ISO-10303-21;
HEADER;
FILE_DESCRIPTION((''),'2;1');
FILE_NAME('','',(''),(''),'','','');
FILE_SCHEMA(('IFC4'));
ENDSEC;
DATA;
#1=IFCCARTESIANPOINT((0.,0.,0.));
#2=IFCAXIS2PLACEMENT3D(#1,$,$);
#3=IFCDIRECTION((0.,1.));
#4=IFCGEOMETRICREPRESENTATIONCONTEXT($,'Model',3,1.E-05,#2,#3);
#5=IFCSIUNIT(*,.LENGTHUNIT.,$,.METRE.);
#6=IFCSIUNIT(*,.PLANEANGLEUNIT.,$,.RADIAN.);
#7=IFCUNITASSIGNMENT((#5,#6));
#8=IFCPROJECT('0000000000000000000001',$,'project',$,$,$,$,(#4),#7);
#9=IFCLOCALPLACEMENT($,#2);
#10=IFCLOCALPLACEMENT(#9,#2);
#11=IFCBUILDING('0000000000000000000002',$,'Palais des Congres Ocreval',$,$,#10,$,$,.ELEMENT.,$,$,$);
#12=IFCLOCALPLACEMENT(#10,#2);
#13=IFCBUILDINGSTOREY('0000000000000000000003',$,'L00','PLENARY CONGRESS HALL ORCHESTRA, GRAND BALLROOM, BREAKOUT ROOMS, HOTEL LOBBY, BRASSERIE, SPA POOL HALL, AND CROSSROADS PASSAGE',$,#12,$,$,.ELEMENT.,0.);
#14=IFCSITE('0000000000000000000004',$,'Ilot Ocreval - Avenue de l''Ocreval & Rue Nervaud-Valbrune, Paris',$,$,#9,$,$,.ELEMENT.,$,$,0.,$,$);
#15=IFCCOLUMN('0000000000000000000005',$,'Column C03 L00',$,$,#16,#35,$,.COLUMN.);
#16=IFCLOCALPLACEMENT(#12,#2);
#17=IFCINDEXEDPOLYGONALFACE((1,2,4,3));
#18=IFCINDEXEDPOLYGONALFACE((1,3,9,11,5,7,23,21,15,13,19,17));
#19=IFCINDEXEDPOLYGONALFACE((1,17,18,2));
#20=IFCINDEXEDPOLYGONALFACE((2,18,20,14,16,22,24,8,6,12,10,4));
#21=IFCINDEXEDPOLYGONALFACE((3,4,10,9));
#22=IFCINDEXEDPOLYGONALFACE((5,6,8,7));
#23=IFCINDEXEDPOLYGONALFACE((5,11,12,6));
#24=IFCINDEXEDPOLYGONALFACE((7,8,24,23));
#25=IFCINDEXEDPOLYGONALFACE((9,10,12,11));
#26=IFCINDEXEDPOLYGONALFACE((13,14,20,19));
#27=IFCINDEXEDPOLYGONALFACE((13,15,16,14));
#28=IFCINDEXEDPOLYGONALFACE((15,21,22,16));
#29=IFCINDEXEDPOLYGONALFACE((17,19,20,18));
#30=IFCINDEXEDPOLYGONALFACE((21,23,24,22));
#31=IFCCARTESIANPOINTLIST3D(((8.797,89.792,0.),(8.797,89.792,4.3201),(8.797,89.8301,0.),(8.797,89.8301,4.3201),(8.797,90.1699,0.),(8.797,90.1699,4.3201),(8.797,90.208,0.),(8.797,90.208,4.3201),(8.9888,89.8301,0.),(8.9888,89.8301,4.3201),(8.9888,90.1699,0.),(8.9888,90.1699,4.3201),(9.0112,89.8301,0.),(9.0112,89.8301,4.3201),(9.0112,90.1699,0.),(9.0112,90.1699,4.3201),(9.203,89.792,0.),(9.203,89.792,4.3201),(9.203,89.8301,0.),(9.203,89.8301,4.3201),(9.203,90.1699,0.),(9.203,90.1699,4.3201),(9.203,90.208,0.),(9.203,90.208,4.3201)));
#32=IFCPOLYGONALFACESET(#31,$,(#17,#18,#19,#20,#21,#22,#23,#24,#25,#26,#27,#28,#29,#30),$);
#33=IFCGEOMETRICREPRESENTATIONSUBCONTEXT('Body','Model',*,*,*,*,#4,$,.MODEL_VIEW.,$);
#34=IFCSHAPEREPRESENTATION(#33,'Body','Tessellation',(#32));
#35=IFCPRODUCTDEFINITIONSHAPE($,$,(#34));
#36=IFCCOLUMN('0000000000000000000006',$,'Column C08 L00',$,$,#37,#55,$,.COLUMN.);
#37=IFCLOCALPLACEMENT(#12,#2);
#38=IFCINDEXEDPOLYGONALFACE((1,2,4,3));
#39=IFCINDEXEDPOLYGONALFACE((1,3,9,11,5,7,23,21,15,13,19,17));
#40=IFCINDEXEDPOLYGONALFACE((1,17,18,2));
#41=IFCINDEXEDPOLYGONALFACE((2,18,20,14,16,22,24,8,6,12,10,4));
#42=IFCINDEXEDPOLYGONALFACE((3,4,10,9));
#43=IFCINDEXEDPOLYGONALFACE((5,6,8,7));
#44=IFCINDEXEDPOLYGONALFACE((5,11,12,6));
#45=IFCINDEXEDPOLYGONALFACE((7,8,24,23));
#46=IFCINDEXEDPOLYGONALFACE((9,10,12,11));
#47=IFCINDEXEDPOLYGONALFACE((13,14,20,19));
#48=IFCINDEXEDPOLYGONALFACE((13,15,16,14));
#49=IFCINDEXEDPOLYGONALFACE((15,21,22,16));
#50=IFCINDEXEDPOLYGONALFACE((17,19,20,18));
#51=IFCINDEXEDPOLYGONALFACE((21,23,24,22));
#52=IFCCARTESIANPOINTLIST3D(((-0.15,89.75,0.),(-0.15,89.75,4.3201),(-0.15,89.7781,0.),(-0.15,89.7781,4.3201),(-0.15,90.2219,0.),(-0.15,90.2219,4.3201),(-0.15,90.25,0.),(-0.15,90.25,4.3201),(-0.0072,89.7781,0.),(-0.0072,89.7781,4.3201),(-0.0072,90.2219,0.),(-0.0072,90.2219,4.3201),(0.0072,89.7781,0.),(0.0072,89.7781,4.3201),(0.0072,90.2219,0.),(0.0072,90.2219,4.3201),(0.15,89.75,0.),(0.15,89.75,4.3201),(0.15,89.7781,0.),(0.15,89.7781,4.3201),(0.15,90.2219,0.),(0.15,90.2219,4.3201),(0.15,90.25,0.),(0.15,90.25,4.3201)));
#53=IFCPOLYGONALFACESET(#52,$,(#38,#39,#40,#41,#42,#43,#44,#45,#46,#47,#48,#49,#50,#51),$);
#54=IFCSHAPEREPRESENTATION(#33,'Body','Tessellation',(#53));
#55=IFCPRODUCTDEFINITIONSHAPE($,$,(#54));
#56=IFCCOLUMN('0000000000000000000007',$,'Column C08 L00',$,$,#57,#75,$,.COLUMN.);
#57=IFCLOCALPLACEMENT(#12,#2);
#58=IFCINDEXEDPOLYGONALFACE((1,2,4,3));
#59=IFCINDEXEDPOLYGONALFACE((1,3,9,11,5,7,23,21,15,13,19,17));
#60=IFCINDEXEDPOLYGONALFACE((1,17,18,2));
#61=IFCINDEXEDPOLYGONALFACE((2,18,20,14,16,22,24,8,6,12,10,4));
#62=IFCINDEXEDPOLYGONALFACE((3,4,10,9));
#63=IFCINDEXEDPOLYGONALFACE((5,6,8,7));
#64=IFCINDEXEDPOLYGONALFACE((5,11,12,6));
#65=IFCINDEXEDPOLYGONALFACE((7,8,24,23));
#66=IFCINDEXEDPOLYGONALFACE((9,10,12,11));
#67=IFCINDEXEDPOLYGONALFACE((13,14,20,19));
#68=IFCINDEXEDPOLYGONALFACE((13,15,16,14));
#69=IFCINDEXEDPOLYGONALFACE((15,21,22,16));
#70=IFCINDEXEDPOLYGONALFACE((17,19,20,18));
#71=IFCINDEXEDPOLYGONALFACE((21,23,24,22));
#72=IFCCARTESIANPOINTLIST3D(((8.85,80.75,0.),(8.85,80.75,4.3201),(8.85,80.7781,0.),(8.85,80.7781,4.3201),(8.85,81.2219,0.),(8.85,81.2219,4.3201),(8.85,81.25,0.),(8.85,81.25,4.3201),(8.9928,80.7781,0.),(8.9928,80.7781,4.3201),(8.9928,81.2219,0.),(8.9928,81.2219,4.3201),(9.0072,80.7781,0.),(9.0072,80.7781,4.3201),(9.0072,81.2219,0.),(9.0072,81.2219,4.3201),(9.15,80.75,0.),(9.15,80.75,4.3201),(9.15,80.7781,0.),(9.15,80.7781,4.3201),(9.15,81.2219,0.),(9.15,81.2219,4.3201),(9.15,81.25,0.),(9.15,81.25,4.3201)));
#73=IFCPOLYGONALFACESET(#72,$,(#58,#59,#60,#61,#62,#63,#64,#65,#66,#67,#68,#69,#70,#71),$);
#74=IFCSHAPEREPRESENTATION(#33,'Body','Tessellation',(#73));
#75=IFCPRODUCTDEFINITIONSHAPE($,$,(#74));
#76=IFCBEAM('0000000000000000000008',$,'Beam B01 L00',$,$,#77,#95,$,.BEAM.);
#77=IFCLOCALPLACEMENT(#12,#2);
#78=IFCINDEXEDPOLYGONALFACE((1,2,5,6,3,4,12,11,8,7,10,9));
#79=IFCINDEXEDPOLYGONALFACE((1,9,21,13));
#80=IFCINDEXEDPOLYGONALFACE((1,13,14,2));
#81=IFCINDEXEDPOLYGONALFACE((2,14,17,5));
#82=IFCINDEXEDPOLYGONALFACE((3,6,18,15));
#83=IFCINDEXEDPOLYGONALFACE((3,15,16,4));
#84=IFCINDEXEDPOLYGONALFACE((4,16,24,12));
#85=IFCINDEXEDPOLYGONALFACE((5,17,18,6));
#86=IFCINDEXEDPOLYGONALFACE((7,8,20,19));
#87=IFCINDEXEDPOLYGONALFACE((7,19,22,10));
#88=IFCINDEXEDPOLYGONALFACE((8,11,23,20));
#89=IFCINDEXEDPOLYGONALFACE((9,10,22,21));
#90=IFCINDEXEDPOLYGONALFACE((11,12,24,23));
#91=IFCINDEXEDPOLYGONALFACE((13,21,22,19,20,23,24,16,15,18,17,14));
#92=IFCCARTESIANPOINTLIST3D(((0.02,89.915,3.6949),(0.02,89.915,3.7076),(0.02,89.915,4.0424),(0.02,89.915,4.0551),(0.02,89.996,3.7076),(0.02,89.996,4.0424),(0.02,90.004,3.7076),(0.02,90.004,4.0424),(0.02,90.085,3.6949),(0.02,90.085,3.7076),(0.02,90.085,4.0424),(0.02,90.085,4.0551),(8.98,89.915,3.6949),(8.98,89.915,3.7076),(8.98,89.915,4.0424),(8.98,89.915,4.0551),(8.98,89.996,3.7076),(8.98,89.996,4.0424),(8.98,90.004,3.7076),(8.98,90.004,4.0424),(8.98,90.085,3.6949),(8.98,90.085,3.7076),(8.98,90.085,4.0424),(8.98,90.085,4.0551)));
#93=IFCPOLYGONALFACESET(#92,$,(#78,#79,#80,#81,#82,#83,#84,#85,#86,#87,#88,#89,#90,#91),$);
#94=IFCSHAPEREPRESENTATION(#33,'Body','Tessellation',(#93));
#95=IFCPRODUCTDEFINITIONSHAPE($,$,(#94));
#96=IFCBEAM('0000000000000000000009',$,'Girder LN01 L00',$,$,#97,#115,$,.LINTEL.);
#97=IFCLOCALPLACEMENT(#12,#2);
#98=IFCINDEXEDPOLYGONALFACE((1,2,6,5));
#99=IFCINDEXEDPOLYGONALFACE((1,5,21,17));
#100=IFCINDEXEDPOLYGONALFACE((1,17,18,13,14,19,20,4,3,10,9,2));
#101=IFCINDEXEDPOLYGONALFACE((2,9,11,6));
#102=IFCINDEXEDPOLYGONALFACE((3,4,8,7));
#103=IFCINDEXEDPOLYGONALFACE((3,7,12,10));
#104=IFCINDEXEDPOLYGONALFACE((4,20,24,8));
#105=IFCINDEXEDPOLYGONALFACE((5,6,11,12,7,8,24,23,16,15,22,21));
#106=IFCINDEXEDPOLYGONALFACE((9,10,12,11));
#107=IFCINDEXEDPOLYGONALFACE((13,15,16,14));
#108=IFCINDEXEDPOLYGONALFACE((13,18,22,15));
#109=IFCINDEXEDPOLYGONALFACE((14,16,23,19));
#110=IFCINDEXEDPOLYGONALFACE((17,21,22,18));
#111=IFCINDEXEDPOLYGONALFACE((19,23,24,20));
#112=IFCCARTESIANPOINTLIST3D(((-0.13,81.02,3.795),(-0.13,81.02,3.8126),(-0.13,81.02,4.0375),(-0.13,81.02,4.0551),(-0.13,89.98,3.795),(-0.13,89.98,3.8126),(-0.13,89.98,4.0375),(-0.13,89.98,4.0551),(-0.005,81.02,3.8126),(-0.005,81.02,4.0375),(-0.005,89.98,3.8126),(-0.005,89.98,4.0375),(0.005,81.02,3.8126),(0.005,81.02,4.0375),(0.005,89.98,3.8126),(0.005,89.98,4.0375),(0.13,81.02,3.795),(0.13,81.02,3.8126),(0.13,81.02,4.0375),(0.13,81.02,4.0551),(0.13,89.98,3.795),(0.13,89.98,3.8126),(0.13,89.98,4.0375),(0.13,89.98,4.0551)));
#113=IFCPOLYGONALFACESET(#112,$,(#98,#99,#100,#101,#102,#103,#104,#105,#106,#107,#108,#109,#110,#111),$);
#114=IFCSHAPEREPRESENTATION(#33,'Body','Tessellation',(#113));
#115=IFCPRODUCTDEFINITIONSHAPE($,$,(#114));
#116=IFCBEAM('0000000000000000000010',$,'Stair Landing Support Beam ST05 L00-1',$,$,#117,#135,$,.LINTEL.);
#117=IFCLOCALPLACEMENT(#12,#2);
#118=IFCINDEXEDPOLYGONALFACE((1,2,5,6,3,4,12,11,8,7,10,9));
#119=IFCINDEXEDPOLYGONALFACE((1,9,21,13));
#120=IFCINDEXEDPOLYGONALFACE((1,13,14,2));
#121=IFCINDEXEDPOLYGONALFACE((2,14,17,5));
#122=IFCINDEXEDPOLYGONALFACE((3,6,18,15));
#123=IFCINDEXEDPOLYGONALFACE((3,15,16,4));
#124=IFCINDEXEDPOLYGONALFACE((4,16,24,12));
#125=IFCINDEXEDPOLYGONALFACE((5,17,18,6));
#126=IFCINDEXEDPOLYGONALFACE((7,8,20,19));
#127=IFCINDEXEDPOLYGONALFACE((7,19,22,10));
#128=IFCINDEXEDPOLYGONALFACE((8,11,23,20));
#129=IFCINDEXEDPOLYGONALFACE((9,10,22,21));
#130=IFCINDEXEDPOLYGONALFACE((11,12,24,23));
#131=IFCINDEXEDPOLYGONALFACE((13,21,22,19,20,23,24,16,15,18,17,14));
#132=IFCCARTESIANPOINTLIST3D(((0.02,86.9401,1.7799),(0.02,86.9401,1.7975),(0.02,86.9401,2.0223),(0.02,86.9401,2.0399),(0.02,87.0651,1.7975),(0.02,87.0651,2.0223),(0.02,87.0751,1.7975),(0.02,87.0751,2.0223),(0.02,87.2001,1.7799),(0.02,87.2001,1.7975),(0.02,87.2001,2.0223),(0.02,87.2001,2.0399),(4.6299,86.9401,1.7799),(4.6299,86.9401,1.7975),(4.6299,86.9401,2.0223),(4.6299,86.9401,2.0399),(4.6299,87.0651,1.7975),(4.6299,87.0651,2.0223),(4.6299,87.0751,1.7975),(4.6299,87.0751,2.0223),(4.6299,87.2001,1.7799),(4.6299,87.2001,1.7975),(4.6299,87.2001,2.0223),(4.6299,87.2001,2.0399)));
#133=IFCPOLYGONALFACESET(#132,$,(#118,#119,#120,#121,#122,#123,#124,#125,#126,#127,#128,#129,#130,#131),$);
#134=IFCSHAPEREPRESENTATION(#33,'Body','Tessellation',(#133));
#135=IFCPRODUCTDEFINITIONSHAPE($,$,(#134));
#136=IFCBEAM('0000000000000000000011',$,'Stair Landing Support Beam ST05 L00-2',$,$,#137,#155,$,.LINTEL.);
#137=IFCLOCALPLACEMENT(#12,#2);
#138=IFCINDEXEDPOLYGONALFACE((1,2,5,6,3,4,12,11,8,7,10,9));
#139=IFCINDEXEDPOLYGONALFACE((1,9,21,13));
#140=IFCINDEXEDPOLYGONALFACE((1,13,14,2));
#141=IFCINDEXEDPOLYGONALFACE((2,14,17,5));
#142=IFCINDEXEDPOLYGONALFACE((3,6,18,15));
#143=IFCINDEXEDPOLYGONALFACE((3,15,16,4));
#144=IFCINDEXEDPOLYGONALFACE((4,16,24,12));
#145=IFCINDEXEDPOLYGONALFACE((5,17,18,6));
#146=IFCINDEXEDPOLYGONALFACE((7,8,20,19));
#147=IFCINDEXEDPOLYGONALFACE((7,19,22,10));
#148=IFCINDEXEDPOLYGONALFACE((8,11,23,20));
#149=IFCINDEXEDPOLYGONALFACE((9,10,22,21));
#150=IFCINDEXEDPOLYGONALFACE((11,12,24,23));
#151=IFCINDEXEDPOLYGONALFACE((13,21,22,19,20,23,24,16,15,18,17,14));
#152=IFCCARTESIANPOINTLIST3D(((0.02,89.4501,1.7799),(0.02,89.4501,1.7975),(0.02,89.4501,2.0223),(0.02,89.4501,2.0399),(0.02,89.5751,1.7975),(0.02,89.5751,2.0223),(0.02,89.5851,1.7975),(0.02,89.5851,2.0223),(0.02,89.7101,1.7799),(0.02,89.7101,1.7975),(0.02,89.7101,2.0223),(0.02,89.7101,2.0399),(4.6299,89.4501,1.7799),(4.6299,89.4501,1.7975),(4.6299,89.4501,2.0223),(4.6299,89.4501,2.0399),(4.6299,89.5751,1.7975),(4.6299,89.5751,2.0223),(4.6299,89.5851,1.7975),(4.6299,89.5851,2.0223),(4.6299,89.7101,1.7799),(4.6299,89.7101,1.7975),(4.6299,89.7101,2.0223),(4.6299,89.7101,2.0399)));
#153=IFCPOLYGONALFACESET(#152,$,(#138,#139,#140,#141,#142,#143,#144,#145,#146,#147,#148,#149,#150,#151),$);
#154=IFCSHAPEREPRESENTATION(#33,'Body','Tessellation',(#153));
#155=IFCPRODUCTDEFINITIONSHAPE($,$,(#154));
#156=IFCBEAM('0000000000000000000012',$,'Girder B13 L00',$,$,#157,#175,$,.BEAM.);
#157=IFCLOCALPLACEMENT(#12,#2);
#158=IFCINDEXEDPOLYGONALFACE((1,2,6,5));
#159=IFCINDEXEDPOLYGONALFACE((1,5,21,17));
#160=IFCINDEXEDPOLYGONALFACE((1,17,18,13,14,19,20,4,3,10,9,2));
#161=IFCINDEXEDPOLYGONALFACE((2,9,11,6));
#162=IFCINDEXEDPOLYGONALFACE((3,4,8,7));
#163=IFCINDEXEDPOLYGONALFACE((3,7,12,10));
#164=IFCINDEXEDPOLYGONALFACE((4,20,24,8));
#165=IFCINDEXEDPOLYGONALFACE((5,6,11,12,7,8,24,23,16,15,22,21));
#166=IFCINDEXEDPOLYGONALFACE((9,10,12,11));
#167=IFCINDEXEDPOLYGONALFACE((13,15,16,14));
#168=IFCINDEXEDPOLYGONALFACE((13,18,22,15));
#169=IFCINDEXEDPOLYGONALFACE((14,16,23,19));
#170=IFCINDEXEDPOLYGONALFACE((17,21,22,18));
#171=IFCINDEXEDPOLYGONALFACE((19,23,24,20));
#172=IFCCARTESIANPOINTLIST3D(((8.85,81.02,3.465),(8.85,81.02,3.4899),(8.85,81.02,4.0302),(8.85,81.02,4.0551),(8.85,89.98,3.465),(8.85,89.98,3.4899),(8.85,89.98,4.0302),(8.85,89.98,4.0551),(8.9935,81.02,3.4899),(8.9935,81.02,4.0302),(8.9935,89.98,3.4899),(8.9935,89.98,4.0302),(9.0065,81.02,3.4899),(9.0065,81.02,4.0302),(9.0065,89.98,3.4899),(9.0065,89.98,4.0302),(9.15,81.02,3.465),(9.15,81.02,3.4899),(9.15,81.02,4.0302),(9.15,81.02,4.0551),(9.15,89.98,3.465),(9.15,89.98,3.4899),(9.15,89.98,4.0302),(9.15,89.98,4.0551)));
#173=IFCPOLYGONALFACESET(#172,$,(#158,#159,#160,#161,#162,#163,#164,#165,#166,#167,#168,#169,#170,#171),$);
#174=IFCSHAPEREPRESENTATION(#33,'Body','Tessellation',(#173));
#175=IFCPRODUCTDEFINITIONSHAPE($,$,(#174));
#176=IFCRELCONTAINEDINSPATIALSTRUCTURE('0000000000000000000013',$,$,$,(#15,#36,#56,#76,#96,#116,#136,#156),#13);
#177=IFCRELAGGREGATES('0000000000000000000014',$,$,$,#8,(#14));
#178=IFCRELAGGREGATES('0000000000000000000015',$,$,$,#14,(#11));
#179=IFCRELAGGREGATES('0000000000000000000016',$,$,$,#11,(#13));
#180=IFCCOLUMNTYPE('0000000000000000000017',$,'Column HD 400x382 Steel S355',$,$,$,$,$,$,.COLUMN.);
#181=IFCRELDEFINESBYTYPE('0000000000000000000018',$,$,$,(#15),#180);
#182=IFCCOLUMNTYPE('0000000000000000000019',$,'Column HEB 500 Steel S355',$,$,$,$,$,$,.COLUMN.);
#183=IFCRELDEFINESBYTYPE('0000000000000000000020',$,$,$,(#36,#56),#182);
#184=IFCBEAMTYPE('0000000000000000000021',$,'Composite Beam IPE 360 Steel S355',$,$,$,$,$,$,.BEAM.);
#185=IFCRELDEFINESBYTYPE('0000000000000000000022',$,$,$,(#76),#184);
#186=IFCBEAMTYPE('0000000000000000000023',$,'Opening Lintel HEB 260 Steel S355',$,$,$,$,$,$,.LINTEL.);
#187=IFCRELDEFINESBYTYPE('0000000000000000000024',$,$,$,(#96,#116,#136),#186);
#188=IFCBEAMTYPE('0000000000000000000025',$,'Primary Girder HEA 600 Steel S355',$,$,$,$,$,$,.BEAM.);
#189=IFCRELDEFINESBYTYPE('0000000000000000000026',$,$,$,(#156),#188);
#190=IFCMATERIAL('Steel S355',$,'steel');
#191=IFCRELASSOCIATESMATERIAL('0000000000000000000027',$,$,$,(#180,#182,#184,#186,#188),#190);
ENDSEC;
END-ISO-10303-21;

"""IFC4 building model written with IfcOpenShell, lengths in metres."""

from ifc_helpers import new_model, si_unit, direction, frame, origin, origin_2d, place, context, subcontext, project, spatial, i_section, extrude, material, material_profile, profile_set, type_object, element, save


model = new_model("IFC4")

# Units and contexts
model_context = context("Model", 3, precision=1e-05, world=origin(), true_north=direction((0.0, 1.0)))
body_context = subcontext(model_context, "Body", "Model", "MODEL_VIEW")
ifc_project = project(units=[si_unit("LENGTHUNIT", "METRE"), si_unit("PLANEANGLEUNIT", "RADIAN")], contexts=[model_context])

# Site, building, storey
site_placement = place(None, origin())
site = spatial("IfcSite", under=ifc_project, at=site_placement, Name="Ilot Ocreval - Avenue de l'Ocreval & Rue Nervaud-Valbrune, Paris", CompositionType="ELEMENT", RefElevation=0.0)
building_placement = place(site_placement, origin())
building = spatial("IfcBuilding", under=site, at=building_placement, Name="Palais des Congres Ocreval", CompositionType="ELEMENT")
storey_placement = place(building_placement, origin())
storey = spatial("IfcBuildingStorey", under=building, at=storey_placement, Name="L00", Description="PLENARY CONGRESS HALL ORCHESTRA, GRAND BALLROOM, BREAKOUT ROOMS, HOTEL LOBBY, BRASSERIE, SPA POOL HALL, AND CROSSROADS PASSAGE", CompositionType="ELEMENT", Elevation=0.0)

# Columns
ifc_material_1 = material(Name="Steel S355", Category="steel")
ifc_material_profile_1 = material_profile(ifc_material_1, i_section(OverallWidth=0.406, OverallDepth=0.416, WebThickness=0.0225, FlangeThickness=0.0381, at=origin_2d()), Name="HD 400x382")
ifc_profile_set_1 = profile_set([ifc_material_profile_1], Name="Steel S355")
column_type_1 = type_object("IfcColumnType", Name="Column HD 400x382 Steel S355", PredefinedType="COLUMN", material=ifc_profile_set_1)
column_placement = place(storey_placement, frame((9.0, 90.0, 0.0), z_axis=(0.0, 0.0, 1.0), x_axis=(1.0, 0.0, 0.0)))
element("IfcColumn", 1, at=column_placement, inside=storey, type_object=column_type_1, Name="Column C03 L00", PredefinedType="COLUMN", context=body_context, shape_type="SweptSolid", body=[
    extrude(i_section(OverallWidth=0.406, OverallDepth=0.416, WebThickness=0.0225, FlangeThickness=0.0381, at=origin_2d()), origin(), (0.0, 0.0, 1.0), 4.3201),
])
ifc_material_profile_2 = material_profile(ifc_material_1, i_section(OverallWidth=0.3, OverallDepth=0.5, WebThickness=0.0144, FlangeThickness=0.0281, at=origin_2d()), Name="HEB 500")
ifc_profile_set_2 = profile_set([ifc_material_profile_2], Name="Steel S355")
column_type_2 = type_object("IfcColumnType", Name="Column HEB 500 Steel S355", PredefinedType="COLUMN", material=ifc_profile_set_2)
for number, where, z_axis, x_axis, name in (
    (2, (0.0, 90.0, 0.0), (0.0, 0.0, 1.0), (1.0, 0.0, 0.0), "Column C08 L00"),
    (3, (9.0, 81.0, 0.0), (0.0, 0.0, 1.0), (1.0, 0.0, 0.0), "Column C08 L00"),
):
    element("IfcColumn", number, at=place(storey_placement, frame(where, z_axis=z_axis, x_axis=x_axis)), inside=storey, type_object=column_type_2, Name=name, PredefinedType="COLUMN", context=body_context, shape_type="SweptSolid", body=[
        extrude(i_section(OverallWidth=0.3, OverallDepth=0.5, WebThickness=0.0144, FlangeThickness=0.0281, at=origin_2d()), origin(), (0.0, 0.0, 1.0), 4.3201),
    ])

# Beams
ifc_material_profile_3 = material_profile(ifc_material_1, i_section(OverallWidth=0.1699, OverallDepth=0.3601, WebThickness=0.0081, FlangeThickness=0.0127, at=origin_2d()), Name="IPE 360")
ifc_profile_set_3 = profile_set([ifc_material_profile_3], Name="Steel S355")
beam_type_1 = type_object("IfcBeamType", Name="Composite Beam IPE 360 Steel S355", PredefinedType="BEAM", material=ifc_profile_set_3)
beam_1_placement = place(storey_placement, frame((0.02, 90.0, 3.875), z_axis=(1.0, 0.0, 0.0), x_axis=(0.0, 1.0, 0.0)))
element("IfcBeam", 4, at=beam_1_placement, inside=storey, type_object=beam_type_1, Name="Beam B01 L00", PredefinedType="BEAM", context=body_context, shape_type="SweptSolid", body=[
    extrude(i_section(OverallWidth=0.1699, OverallDepth=0.3601, WebThickness=0.0081, FlangeThickness=0.0127, at=origin_2d()), origin(), (0.0, 0.0, 1.0), 8.96),
])
ifc_material_profile_4 = material_profile(ifc_material_1, i_section(OverallWidth=0.26, OverallDepth=0.26, WebThickness=0.01, FlangeThickness=0.0176, at=origin_2d()), Name="HEB 260")
ifc_profile_set_4 = profile_set([ifc_material_profile_4], Name="Steel S355")
beam_type_2 = type_object("IfcBeamType", Name="Opening Lintel HEB 260 Steel S355", PredefinedType="LINTEL", material=ifc_profile_set_4)
beam_2_placement = place(storey_placement, frame((0.0, 81.02, 3.925), z_axis=(0.0, 1.0, 0.0), x_axis=(-1.0, 0.0, 0.0)))
element("IfcBeam", 5, at=beam_2_placement, inside=storey, type_object=beam_type_2, Name="Girder LN01 L00", PredefinedType="LINTEL", context=body_context, shape_type="SweptSolid", body=[
    extrude(i_section(OverallWidth=0.26, OverallDepth=0.26, WebThickness=0.01, FlangeThickness=0.0176, at=origin_2d()), origin(), (0.0, 0.0, 1.0), 8.96),
])
for number, where, z_axis, x_axis, name in (
    (6, (0.02, 87.0701, 1.9099), (1.0, 0.0, 0.0), (0.0, 1.0, 0.0), "Stair Landing Support Beam ST05 L00-1"),
    (7, (0.02, 89.5801, 1.9099), (1.0, 0.0, 0.0), (0.0, 1.0, 0.0), "Stair Landing Support Beam ST05 L00-2"),
):
    element("IfcBeam", number, at=place(storey_placement, frame(where, z_axis=z_axis, x_axis=x_axis)), inside=storey, type_object=beam_type_2, Name=name, PredefinedType="LINTEL", context=body_context, shape_type="SweptSolid", body=[
        extrude(i_section(OverallWidth=0.26, OverallDepth=0.26, WebThickness=0.01, FlangeThickness=0.0176, at=origin_2d()), origin(), (0.0, 0.0, 1.0), 4.6099),
    ])
ifc_material_profile_5 = material_profile(ifc_material_1, i_section(OverallWidth=0.3, OverallDepth=0.5901, WebThickness=0.0129, FlangeThickness=0.0249, at=origin_2d()), Name="HEA 600")
ifc_profile_set_5 = profile_set([ifc_material_profile_5], Name="Steel S355")
beam_type_3 = type_object("IfcBeamType", Name="Primary Girder HEA 600 Steel S355", PredefinedType="BEAM", material=ifc_profile_set_5)
beam_3_placement = place(storey_placement, frame((9.0, 81.02, 3.76), z_axis=(0.0, 1.0, 0.0), x_axis=(-1.0, 0.0, 0.0)))
element("IfcBeam", 8, at=beam_3_placement, inside=storey, type_object=beam_type_3, Name="Girder B13 L00", PredefinedType="BEAM", context=body_context, shape_type="SweptSolid", body=[
    extrude(i_section(OverallWidth=0.3, OverallDepth=0.5901, WebThickness=0.0129, FlangeThickness=0.0249, at=origin_2d()), origin(), (0.0, 0.0, 1.0), 8.96),
])

save(model, "model.ifc")
